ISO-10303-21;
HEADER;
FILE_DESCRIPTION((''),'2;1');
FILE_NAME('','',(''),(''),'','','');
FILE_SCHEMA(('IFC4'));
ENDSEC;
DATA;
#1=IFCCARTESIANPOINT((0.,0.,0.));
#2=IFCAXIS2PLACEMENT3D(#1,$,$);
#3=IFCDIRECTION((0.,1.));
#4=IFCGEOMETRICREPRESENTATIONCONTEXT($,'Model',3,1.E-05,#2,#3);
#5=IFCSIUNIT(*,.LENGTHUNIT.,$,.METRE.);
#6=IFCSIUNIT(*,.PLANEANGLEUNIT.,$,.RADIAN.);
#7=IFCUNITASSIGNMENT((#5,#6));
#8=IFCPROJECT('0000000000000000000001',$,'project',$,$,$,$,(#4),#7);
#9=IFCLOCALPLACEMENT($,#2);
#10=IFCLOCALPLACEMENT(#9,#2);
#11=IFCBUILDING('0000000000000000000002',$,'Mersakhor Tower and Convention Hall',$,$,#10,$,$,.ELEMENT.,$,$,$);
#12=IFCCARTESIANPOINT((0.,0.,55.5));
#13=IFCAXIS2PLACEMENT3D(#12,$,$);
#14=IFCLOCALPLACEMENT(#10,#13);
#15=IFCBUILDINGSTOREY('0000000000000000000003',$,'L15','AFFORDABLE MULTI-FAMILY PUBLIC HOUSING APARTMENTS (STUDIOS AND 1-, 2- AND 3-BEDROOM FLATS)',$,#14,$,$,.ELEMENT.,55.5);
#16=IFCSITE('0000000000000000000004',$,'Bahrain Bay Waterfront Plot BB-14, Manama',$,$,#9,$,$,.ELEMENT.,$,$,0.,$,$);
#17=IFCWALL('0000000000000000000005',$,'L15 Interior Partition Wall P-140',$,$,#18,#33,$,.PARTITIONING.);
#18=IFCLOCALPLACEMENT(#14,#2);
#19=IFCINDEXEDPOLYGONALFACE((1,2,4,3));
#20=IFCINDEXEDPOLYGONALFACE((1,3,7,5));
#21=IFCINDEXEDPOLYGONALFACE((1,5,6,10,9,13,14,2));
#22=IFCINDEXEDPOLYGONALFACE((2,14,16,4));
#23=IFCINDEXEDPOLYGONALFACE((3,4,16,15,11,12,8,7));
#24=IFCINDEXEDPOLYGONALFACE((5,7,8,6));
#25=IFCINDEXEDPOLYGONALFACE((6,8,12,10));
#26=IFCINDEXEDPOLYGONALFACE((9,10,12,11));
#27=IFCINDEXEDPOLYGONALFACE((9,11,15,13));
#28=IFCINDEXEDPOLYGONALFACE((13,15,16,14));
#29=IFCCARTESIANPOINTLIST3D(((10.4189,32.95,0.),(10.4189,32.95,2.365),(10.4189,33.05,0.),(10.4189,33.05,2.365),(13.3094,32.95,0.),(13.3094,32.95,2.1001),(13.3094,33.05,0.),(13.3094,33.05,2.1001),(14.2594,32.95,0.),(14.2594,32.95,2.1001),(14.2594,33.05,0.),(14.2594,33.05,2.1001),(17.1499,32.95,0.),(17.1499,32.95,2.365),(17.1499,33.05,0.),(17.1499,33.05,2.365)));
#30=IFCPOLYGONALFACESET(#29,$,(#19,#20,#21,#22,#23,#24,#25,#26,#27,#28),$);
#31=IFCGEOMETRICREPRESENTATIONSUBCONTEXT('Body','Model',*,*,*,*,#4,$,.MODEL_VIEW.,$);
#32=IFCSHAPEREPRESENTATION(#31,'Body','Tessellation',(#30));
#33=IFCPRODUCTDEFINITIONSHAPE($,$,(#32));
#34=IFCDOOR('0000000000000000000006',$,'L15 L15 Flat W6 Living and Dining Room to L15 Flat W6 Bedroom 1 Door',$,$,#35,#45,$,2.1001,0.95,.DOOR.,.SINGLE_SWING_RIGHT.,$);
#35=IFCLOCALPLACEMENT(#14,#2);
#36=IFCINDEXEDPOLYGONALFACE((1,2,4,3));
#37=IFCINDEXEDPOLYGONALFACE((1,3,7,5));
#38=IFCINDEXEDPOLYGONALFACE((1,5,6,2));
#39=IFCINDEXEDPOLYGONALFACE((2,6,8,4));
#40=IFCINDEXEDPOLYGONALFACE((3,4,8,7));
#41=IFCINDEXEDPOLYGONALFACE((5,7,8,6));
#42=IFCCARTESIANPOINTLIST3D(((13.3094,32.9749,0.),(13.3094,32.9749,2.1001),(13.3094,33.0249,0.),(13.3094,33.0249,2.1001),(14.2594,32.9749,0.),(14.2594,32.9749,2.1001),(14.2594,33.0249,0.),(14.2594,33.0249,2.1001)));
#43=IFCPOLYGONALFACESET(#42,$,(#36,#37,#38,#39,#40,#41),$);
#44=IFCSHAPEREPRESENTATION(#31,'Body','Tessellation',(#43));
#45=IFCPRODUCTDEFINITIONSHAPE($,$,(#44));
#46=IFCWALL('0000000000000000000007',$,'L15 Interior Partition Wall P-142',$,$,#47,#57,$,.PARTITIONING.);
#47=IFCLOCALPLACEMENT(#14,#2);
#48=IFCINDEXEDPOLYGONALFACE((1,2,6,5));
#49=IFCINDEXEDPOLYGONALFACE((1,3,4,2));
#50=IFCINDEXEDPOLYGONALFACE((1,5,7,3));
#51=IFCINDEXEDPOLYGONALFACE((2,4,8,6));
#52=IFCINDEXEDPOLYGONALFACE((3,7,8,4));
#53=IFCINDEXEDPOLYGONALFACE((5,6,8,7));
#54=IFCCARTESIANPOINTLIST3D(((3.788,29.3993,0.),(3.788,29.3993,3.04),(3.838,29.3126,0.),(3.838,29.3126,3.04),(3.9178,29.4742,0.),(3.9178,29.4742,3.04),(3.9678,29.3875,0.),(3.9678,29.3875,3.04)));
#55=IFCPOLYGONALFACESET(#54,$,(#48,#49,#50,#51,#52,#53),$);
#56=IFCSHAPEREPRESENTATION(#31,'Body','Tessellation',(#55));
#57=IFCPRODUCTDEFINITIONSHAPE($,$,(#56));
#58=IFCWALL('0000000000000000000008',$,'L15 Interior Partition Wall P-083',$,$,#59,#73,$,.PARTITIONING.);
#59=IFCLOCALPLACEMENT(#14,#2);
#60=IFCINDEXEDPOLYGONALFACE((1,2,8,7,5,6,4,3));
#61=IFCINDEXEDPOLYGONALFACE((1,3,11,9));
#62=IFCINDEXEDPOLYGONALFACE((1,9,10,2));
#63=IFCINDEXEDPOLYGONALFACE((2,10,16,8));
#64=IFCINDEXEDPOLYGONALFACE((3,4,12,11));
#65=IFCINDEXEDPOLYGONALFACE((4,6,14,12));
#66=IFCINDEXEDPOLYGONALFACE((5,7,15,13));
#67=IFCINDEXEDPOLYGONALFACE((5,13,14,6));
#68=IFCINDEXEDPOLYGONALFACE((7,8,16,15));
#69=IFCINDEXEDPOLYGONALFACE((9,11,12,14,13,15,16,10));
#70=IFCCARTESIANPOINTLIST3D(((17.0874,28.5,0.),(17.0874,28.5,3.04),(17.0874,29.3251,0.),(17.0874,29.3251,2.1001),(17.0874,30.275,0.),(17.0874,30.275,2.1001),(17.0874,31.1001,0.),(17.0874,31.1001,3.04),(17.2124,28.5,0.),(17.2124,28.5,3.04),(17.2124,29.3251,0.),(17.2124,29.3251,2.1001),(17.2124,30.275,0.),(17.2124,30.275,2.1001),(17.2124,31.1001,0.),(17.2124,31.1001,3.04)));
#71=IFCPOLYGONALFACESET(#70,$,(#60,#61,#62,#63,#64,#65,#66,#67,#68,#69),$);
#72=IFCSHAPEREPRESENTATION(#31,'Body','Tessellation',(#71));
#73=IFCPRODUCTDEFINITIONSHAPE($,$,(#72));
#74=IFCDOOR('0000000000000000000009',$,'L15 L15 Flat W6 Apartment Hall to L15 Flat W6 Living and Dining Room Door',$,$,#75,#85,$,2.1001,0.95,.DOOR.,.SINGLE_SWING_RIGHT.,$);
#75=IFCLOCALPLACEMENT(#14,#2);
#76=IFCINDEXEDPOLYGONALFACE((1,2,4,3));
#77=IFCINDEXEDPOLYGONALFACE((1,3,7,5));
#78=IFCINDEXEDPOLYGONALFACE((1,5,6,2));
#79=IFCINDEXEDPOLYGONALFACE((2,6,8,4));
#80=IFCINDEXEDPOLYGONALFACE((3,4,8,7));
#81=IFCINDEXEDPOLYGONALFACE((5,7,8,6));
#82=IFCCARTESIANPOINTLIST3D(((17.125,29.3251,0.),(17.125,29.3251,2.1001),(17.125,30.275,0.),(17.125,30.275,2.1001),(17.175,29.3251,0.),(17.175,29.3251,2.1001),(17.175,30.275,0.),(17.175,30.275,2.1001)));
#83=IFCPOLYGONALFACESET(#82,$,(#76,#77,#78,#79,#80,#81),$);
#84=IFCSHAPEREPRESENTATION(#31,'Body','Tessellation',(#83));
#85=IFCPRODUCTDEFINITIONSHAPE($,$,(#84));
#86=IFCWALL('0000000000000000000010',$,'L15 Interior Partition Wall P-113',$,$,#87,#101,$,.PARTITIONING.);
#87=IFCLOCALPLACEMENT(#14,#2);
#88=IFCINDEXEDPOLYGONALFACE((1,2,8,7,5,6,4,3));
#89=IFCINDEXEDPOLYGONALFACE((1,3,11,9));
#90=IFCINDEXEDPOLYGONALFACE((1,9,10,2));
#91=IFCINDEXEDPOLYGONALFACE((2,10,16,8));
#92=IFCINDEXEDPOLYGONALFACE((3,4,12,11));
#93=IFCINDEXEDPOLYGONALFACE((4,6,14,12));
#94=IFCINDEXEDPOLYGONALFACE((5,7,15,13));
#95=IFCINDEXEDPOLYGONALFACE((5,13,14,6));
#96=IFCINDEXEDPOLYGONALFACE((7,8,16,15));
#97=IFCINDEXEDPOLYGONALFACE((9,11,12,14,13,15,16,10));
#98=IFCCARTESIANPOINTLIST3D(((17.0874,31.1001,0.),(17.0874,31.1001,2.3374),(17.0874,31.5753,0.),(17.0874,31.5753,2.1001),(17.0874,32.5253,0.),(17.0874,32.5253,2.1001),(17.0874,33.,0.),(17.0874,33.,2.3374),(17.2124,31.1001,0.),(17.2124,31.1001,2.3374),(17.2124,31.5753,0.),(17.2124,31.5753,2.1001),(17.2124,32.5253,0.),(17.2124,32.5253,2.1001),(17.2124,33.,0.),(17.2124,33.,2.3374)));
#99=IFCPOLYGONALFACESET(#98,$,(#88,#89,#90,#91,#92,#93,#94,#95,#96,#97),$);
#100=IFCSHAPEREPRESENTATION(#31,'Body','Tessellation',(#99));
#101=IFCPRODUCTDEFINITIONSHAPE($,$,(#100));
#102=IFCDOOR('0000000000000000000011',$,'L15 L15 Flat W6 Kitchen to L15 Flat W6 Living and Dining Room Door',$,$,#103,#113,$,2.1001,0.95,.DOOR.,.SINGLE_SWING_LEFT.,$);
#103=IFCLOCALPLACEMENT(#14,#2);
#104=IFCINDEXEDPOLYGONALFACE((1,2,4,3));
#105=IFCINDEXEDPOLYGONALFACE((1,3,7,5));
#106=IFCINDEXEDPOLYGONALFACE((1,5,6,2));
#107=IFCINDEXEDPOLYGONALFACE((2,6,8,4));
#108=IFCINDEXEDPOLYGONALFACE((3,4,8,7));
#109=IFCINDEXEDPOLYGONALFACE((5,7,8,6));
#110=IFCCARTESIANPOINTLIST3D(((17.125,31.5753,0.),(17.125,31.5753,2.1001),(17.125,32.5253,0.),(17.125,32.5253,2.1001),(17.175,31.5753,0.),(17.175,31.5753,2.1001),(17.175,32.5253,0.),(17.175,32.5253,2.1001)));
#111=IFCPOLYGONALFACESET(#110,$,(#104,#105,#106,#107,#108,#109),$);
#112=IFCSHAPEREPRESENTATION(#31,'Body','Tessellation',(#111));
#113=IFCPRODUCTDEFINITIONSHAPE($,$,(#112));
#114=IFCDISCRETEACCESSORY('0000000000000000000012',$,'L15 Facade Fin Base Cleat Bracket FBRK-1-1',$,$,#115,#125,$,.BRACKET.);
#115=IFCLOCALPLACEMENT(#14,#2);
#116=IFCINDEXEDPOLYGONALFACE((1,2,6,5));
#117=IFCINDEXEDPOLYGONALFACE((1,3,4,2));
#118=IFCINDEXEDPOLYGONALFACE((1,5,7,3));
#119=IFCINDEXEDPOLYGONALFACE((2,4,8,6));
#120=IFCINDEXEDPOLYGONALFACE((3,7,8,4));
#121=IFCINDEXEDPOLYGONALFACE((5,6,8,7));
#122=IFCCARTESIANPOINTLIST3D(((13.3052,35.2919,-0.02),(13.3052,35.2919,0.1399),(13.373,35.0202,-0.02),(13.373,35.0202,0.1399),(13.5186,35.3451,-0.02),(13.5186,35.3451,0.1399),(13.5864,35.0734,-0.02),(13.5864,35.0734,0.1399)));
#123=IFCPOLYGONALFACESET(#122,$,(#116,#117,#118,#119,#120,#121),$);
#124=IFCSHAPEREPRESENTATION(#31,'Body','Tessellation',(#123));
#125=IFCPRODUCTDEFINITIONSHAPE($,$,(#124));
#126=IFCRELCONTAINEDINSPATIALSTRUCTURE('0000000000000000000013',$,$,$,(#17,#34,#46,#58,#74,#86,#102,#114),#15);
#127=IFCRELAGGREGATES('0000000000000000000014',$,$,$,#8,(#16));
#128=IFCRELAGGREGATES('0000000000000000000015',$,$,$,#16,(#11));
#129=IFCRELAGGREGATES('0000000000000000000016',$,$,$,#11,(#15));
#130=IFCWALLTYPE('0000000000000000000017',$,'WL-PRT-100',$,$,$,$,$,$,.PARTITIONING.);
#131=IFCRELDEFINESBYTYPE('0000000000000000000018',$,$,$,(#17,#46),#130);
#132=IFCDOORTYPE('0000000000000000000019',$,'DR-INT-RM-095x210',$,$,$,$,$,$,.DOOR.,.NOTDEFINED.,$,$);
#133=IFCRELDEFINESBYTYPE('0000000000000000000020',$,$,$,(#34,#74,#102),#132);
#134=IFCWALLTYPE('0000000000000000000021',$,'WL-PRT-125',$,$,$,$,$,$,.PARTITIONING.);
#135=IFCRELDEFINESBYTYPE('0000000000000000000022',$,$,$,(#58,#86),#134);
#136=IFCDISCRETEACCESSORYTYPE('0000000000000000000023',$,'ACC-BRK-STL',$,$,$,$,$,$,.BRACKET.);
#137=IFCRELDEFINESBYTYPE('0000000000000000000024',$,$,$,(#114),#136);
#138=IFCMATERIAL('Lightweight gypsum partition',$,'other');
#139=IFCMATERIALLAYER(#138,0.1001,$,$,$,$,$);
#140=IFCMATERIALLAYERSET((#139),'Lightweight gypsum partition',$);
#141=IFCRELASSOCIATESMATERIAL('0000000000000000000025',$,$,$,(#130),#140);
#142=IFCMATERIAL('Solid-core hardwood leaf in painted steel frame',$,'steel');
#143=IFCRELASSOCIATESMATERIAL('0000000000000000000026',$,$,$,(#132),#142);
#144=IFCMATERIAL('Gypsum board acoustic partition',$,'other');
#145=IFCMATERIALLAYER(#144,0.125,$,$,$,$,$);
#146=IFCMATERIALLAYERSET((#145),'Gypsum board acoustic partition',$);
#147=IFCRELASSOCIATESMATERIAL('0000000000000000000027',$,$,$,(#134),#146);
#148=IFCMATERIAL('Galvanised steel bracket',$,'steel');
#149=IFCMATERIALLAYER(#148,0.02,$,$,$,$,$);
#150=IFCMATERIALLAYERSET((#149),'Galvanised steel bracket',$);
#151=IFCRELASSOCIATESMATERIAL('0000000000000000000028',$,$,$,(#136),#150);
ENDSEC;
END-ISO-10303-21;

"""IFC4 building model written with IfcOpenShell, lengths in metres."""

from ifc_helpers import new_model, si_unit, direction, frame, frame_2d, origin, origin_2d, place, context, subcontext, project, spatial, rectangle, extrude, material, layer, layer_set, type_object, element, fill, save


model = new_model("IFC4")

# Units and contexts
model_context = context("Model", 3, precision=1e-05, world=origin(), true_north=direction((0.0, 1.0)))
body_context = subcontext(model_context, "Body", "Model", "MODEL_VIEW")
ifc_project = project(units=[si_unit("LENGTHUNIT", "METRE"), si_unit("PLANEANGLEUNIT", "RADIAN")], contexts=[model_context])

# Site, building, storey
site_placement = place(None, origin())
site = spatial("IfcSite", under=ifc_project, at=site_placement, Name="Bahrain Bay Waterfront Plot BB-14, Manama", CompositionType="ELEMENT", RefElevation=0.0)
building_placement = place(site_placement, origin())
building = spatial("IfcBuilding", under=site, at=building_placement, Name="Mersakhor Tower and Convention Hall", CompositionType="ELEMENT")
storey_placement = place(building_placement, frame((0.0, 0.0, 55.5)))
storey = spatial("IfcBuildingStorey", under=building, at=storey_placement, Name="L15", Description="AFFORDABLE MULTI-FAMILY PUBLIC HOUSING APARTMENTS (STUDIOS AND 1-, 2- AND 3-BEDROOM FLATS)", CompositionType="ELEMENT", Elevation=55.5)

# Shared definitions
ifc_material_1 = material(Name="Lightweight gypsum partition", Category="other")
ifc_layer_1 = layer(ifc_material_1, 0.1001)
ifc_layer_set_1 = layer_set([ifc_layer_1], Name="Lightweight gypsum partition")
wall_type_1 = type_object("IfcWallType", Name="WL-PRT-100", PredefinedType="PARTITIONING", material=ifc_layer_set_1)
ifc_material_2 = material(Name="Solid-core hardwood leaf in painted steel frame", Category="steel")
door_type_1 = type_object("IfcDoorType", Name="DR-INT-RM-095x210", OperationType="NOTDEFINED", PredefinedType="DOOR", material=ifc_material_2)

# Wall, opening, door
wall_1_placement = place(storey_placement, frame((10.4189, 33.0, 0.0), z_axis=(0.0, 0.0, 1.0), x_axis=(1.0, 0.0, 0.0)))
wall_1 = element("IfcWall", 1, at=wall_1_placement, inside=storey, type_object=wall_type_1, Name="L15 Interior Partition Wall P-140", PredefinedType="PARTITIONING", context=body_context, shape_type="SweptSolid", body=[
    extrude(rectangle(XDim=6.731, YDim=0.1001, at=frame_2d((3.3655, 0.0))), origin(), (0.0, 0.0, 1.0), 2.365),
])
opening_1_placement = place(wall_1_placement, frame((2.8904, 0.0, 0.0)))
opening_1 = element("IfcOpeningElement", 2, at=opening_1_placement, cuts=wall_1, PredefinedType="OPENING", context=body_context, shape_type="SweptSolid", body=[
    extrude(rectangle(XDim=0.95, YDim=2.1001, at=frame_2d((0.4751, 1.05))), frame((0.0, 0.0601, 0.0), z_axis=(0.0, -1.0, 0.0), x_axis=(1.0, 0.0, 0.0)), (0.0, 0.0, 1.0), 0.1201),
])
door_1_placement = place(opening_1_placement, origin())
door_1 = element("IfcDoor", 3, at=door_1_placement, inside=storey, type_object=door_type_1, Name="L15 L15 Flat W6 Living and Dining Room to L15 Flat W6 Bedroom 1 Door", OperationType="SINGLE_SWING_RIGHT", OverallHeight=2.1001, OverallWidth=0.95, PredefinedType="DOOR", context=body_context, shape_type="SweptSolid", body=[
    extrude(rectangle(XDim=0.95, YDim=2.1001, at=frame_2d((0.4751, 1.05))), frame((0.0, 0.0249, 0.0), z_axis=(0.0, -1.0, 0.0), x_axis=(1.0, 0.0, 0.0)), (0.0, 0.0, 1.0), 0.05),
])
fill(opening_1, door_1)

# Wall
wall_2_placement = place(storey_placement, frame((3.813, 29.356, 0.0), z_axis=(0.0, 0.0, 1.0), x_axis=(0.866131, 0.499816, 0.0)))
element("IfcWall", 4, at=wall_2_placement, inside=storey, type_object=wall_type_1, Name="L15 Interior Partition Wall P-142", PredefinedType="PARTITIONING", context=body_context, shape_type="SweptSolid", body=[
    extrude(rectangle(XDim=0.1499, YDim=0.1001, at=frame_2d((0.075, 0.0))), origin(), (0.0, 0.0, 1.0), 3.04),
])

# Walls, openings, doors
ifc_material_3 = material(Name="Gypsum board acoustic partition", Category="other")
ifc_layer_2 = layer(ifc_material_3, 0.125)
ifc_layer_set_2 = layer_set([ifc_layer_2], Name="Gypsum board acoustic partition")
wall_type_2 = type_object("IfcWallType", Name="WL-PRT-125", PredefinedType="PARTITIONING", material=ifc_layer_set_2)
wall_3_placement = place(storey_placement, frame((17.1499, 28.5, 0.0), z_axis=(0.0, 0.0, 1.0), x_axis=(0.0, 1.0, 0.0)))
wall_3 = element("IfcWall", 5, at=wall_3_placement, inside=storey, type_object=wall_type_2, Name="L15 Interior Partition Wall P-083", PredefinedType="PARTITIONING", context=body_context, shape_type="SweptSolid", body=[
    extrude(rectangle(XDim=2.6001, YDim=0.125, at=frame_2d((1.3, 0.0))), origin(), (0.0, 0.0, 1.0), 3.04),
])
opening_2_placement = place(wall_3_placement, frame((0.825, 0.0, 0.0)))
opening_2 = element("IfcOpeningElement", 6, at=opening_2_placement, cuts=wall_3, PredefinedType="OPENING", context=body_context, shape_type="SweptSolid", body=[
    extrude(rectangle(XDim=0.95, YDim=2.1001, at=frame_2d((0.4751, 1.05))), frame((0.0, 0.0725, 0.0), z_axis=(0.0, -1.0, 0.0), x_axis=(1.0, 0.0, 0.0)), (0.0, 0.0, 1.0), 0.145),
])
door_2_placement = place(opening_2_placement, origin())
door_2 = element("IfcDoor", 7, at=door_2_placement, inside=storey, type_object=door_type_1, Name="L15 L15 Flat W6 Apartment Hall to L15 Flat W6 Living and Dining Room Door", OperationType="SINGLE_SWING_RIGHT", OverallHeight=2.1001, OverallWidth=0.95, PredefinedType="DOOR", context=body_context, shape_type="SweptSolid", body=[
    extrude(rectangle(XDim=0.95, YDim=2.1001, at=frame_2d((0.4751, 1.05))), frame((0.0, 0.0249, 0.0), z_axis=(0.0, -1.0, 0.0), x_axis=(1.0, 0.0, 0.0)), (0.0, 0.0, 1.0), 0.05),
])
fill(opening_2, door_2)
wall_4_placement = place(storey_placement, frame((17.1499, 31.1001, 0.0), z_axis=(0.0, 0.0, 1.0), x_axis=(0.0, 1.0, 0.0)))
wall_4 = element("IfcWall", 8, at=wall_4_placement, inside=storey, type_object=wall_type_2, Name="L15 Interior Partition Wall P-113", PredefinedType="PARTITIONING", context=body_context, shape_type="SweptSolid", body=[
    extrude(rectangle(XDim=1.8999, YDim=0.125, at=frame_2d((0.95, 0.0))), origin(), (0.0, 0.0, 1.0), 2.3374),
])
opening_3_placement = place(wall_4_placement, frame((0.4751, 0.0, 0.0)))
opening_3 = element("IfcOpeningElement", 9, at=opening_3_placement, cuts=wall_4, PredefinedType="OPENING", context=body_context, shape_type="SweptSolid", body=[
    extrude(rectangle(XDim=0.95, YDim=2.1001, at=frame_2d((0.4751, 1.05))), frame((0.0, 0.0725, 0.0), z_axis=(0.0, -1.0, 0.0), x_axis=(1.0, 0.0, 0.0)), (0.0, 0.0, 1.0), 0.145),
])
door_3_placement = place(opening_3_placement, origin())
door_3 = element("IfcDoor", 10, at=door_3_placement, inside=storey, type_object=door_type_1, Name="L15 L15 Flat W6 Kitchen to L15 Flat W6 Living and Dining Room Door", OperationType="SINGLE_SWING_LEFT", OverallHeight=2.1001, OverallWidth=0.95, PredefinedType="DOOR", context=body_context, shape_type="SweptSolid", body=[
    extrude(rectangle(XDim=0.95, YDim=2.1001, at=frame_2d((0.4751, 1.05))), frame((0.0, 0.0249, 0.0), z_axis=(0.0, -1.0, 0.0), x_axis=(1.0, 0.0, 0.0)), (0.0, 0.0, 1.0), 0.05),
])
fill(opening_3, door_3)

# Discrete accessory
ifc_material_4 = material(Name="Galvanised steel bracket", Category="steel")
ifc_layer_3 = layer(ifc_material_4, 0.02)
ifc_layer_set_3 = layer_set([ifc_layer_3], Name="Galvanised steel bracket")
discrete_accessory_type = type_object("IfcDiscreteAccessoryType", Name="ACC-BRK-STL", PredefinedType="BRACKET", material=ifc_layer_set_3)
discrete_accessory_placement = place(storey_placement, frame((13.4458, 35.1826, -0.02), z_axis=(0.0, 0.0, 1.0), x_axis=(-0.241922, 0.970296, 0.0)))
element("IfcDiscreteAccessory", 11, at=discrete_accessory_placement, inside=storey, type_object=discrete_accessory_type, Name="L15 Facade Fin Base Cleat Bracket FBRK-1-1", PredefinedType="BRACKET", context=body_context, shape_type="SweptSolid", body=[
    extrude(rectangle(XDim=0.28, YDim=0.22, at=origin_2d()), origin(), (0.0, 0.0, 1.0), 0.1599),
])

save(model, "model.ifc")
